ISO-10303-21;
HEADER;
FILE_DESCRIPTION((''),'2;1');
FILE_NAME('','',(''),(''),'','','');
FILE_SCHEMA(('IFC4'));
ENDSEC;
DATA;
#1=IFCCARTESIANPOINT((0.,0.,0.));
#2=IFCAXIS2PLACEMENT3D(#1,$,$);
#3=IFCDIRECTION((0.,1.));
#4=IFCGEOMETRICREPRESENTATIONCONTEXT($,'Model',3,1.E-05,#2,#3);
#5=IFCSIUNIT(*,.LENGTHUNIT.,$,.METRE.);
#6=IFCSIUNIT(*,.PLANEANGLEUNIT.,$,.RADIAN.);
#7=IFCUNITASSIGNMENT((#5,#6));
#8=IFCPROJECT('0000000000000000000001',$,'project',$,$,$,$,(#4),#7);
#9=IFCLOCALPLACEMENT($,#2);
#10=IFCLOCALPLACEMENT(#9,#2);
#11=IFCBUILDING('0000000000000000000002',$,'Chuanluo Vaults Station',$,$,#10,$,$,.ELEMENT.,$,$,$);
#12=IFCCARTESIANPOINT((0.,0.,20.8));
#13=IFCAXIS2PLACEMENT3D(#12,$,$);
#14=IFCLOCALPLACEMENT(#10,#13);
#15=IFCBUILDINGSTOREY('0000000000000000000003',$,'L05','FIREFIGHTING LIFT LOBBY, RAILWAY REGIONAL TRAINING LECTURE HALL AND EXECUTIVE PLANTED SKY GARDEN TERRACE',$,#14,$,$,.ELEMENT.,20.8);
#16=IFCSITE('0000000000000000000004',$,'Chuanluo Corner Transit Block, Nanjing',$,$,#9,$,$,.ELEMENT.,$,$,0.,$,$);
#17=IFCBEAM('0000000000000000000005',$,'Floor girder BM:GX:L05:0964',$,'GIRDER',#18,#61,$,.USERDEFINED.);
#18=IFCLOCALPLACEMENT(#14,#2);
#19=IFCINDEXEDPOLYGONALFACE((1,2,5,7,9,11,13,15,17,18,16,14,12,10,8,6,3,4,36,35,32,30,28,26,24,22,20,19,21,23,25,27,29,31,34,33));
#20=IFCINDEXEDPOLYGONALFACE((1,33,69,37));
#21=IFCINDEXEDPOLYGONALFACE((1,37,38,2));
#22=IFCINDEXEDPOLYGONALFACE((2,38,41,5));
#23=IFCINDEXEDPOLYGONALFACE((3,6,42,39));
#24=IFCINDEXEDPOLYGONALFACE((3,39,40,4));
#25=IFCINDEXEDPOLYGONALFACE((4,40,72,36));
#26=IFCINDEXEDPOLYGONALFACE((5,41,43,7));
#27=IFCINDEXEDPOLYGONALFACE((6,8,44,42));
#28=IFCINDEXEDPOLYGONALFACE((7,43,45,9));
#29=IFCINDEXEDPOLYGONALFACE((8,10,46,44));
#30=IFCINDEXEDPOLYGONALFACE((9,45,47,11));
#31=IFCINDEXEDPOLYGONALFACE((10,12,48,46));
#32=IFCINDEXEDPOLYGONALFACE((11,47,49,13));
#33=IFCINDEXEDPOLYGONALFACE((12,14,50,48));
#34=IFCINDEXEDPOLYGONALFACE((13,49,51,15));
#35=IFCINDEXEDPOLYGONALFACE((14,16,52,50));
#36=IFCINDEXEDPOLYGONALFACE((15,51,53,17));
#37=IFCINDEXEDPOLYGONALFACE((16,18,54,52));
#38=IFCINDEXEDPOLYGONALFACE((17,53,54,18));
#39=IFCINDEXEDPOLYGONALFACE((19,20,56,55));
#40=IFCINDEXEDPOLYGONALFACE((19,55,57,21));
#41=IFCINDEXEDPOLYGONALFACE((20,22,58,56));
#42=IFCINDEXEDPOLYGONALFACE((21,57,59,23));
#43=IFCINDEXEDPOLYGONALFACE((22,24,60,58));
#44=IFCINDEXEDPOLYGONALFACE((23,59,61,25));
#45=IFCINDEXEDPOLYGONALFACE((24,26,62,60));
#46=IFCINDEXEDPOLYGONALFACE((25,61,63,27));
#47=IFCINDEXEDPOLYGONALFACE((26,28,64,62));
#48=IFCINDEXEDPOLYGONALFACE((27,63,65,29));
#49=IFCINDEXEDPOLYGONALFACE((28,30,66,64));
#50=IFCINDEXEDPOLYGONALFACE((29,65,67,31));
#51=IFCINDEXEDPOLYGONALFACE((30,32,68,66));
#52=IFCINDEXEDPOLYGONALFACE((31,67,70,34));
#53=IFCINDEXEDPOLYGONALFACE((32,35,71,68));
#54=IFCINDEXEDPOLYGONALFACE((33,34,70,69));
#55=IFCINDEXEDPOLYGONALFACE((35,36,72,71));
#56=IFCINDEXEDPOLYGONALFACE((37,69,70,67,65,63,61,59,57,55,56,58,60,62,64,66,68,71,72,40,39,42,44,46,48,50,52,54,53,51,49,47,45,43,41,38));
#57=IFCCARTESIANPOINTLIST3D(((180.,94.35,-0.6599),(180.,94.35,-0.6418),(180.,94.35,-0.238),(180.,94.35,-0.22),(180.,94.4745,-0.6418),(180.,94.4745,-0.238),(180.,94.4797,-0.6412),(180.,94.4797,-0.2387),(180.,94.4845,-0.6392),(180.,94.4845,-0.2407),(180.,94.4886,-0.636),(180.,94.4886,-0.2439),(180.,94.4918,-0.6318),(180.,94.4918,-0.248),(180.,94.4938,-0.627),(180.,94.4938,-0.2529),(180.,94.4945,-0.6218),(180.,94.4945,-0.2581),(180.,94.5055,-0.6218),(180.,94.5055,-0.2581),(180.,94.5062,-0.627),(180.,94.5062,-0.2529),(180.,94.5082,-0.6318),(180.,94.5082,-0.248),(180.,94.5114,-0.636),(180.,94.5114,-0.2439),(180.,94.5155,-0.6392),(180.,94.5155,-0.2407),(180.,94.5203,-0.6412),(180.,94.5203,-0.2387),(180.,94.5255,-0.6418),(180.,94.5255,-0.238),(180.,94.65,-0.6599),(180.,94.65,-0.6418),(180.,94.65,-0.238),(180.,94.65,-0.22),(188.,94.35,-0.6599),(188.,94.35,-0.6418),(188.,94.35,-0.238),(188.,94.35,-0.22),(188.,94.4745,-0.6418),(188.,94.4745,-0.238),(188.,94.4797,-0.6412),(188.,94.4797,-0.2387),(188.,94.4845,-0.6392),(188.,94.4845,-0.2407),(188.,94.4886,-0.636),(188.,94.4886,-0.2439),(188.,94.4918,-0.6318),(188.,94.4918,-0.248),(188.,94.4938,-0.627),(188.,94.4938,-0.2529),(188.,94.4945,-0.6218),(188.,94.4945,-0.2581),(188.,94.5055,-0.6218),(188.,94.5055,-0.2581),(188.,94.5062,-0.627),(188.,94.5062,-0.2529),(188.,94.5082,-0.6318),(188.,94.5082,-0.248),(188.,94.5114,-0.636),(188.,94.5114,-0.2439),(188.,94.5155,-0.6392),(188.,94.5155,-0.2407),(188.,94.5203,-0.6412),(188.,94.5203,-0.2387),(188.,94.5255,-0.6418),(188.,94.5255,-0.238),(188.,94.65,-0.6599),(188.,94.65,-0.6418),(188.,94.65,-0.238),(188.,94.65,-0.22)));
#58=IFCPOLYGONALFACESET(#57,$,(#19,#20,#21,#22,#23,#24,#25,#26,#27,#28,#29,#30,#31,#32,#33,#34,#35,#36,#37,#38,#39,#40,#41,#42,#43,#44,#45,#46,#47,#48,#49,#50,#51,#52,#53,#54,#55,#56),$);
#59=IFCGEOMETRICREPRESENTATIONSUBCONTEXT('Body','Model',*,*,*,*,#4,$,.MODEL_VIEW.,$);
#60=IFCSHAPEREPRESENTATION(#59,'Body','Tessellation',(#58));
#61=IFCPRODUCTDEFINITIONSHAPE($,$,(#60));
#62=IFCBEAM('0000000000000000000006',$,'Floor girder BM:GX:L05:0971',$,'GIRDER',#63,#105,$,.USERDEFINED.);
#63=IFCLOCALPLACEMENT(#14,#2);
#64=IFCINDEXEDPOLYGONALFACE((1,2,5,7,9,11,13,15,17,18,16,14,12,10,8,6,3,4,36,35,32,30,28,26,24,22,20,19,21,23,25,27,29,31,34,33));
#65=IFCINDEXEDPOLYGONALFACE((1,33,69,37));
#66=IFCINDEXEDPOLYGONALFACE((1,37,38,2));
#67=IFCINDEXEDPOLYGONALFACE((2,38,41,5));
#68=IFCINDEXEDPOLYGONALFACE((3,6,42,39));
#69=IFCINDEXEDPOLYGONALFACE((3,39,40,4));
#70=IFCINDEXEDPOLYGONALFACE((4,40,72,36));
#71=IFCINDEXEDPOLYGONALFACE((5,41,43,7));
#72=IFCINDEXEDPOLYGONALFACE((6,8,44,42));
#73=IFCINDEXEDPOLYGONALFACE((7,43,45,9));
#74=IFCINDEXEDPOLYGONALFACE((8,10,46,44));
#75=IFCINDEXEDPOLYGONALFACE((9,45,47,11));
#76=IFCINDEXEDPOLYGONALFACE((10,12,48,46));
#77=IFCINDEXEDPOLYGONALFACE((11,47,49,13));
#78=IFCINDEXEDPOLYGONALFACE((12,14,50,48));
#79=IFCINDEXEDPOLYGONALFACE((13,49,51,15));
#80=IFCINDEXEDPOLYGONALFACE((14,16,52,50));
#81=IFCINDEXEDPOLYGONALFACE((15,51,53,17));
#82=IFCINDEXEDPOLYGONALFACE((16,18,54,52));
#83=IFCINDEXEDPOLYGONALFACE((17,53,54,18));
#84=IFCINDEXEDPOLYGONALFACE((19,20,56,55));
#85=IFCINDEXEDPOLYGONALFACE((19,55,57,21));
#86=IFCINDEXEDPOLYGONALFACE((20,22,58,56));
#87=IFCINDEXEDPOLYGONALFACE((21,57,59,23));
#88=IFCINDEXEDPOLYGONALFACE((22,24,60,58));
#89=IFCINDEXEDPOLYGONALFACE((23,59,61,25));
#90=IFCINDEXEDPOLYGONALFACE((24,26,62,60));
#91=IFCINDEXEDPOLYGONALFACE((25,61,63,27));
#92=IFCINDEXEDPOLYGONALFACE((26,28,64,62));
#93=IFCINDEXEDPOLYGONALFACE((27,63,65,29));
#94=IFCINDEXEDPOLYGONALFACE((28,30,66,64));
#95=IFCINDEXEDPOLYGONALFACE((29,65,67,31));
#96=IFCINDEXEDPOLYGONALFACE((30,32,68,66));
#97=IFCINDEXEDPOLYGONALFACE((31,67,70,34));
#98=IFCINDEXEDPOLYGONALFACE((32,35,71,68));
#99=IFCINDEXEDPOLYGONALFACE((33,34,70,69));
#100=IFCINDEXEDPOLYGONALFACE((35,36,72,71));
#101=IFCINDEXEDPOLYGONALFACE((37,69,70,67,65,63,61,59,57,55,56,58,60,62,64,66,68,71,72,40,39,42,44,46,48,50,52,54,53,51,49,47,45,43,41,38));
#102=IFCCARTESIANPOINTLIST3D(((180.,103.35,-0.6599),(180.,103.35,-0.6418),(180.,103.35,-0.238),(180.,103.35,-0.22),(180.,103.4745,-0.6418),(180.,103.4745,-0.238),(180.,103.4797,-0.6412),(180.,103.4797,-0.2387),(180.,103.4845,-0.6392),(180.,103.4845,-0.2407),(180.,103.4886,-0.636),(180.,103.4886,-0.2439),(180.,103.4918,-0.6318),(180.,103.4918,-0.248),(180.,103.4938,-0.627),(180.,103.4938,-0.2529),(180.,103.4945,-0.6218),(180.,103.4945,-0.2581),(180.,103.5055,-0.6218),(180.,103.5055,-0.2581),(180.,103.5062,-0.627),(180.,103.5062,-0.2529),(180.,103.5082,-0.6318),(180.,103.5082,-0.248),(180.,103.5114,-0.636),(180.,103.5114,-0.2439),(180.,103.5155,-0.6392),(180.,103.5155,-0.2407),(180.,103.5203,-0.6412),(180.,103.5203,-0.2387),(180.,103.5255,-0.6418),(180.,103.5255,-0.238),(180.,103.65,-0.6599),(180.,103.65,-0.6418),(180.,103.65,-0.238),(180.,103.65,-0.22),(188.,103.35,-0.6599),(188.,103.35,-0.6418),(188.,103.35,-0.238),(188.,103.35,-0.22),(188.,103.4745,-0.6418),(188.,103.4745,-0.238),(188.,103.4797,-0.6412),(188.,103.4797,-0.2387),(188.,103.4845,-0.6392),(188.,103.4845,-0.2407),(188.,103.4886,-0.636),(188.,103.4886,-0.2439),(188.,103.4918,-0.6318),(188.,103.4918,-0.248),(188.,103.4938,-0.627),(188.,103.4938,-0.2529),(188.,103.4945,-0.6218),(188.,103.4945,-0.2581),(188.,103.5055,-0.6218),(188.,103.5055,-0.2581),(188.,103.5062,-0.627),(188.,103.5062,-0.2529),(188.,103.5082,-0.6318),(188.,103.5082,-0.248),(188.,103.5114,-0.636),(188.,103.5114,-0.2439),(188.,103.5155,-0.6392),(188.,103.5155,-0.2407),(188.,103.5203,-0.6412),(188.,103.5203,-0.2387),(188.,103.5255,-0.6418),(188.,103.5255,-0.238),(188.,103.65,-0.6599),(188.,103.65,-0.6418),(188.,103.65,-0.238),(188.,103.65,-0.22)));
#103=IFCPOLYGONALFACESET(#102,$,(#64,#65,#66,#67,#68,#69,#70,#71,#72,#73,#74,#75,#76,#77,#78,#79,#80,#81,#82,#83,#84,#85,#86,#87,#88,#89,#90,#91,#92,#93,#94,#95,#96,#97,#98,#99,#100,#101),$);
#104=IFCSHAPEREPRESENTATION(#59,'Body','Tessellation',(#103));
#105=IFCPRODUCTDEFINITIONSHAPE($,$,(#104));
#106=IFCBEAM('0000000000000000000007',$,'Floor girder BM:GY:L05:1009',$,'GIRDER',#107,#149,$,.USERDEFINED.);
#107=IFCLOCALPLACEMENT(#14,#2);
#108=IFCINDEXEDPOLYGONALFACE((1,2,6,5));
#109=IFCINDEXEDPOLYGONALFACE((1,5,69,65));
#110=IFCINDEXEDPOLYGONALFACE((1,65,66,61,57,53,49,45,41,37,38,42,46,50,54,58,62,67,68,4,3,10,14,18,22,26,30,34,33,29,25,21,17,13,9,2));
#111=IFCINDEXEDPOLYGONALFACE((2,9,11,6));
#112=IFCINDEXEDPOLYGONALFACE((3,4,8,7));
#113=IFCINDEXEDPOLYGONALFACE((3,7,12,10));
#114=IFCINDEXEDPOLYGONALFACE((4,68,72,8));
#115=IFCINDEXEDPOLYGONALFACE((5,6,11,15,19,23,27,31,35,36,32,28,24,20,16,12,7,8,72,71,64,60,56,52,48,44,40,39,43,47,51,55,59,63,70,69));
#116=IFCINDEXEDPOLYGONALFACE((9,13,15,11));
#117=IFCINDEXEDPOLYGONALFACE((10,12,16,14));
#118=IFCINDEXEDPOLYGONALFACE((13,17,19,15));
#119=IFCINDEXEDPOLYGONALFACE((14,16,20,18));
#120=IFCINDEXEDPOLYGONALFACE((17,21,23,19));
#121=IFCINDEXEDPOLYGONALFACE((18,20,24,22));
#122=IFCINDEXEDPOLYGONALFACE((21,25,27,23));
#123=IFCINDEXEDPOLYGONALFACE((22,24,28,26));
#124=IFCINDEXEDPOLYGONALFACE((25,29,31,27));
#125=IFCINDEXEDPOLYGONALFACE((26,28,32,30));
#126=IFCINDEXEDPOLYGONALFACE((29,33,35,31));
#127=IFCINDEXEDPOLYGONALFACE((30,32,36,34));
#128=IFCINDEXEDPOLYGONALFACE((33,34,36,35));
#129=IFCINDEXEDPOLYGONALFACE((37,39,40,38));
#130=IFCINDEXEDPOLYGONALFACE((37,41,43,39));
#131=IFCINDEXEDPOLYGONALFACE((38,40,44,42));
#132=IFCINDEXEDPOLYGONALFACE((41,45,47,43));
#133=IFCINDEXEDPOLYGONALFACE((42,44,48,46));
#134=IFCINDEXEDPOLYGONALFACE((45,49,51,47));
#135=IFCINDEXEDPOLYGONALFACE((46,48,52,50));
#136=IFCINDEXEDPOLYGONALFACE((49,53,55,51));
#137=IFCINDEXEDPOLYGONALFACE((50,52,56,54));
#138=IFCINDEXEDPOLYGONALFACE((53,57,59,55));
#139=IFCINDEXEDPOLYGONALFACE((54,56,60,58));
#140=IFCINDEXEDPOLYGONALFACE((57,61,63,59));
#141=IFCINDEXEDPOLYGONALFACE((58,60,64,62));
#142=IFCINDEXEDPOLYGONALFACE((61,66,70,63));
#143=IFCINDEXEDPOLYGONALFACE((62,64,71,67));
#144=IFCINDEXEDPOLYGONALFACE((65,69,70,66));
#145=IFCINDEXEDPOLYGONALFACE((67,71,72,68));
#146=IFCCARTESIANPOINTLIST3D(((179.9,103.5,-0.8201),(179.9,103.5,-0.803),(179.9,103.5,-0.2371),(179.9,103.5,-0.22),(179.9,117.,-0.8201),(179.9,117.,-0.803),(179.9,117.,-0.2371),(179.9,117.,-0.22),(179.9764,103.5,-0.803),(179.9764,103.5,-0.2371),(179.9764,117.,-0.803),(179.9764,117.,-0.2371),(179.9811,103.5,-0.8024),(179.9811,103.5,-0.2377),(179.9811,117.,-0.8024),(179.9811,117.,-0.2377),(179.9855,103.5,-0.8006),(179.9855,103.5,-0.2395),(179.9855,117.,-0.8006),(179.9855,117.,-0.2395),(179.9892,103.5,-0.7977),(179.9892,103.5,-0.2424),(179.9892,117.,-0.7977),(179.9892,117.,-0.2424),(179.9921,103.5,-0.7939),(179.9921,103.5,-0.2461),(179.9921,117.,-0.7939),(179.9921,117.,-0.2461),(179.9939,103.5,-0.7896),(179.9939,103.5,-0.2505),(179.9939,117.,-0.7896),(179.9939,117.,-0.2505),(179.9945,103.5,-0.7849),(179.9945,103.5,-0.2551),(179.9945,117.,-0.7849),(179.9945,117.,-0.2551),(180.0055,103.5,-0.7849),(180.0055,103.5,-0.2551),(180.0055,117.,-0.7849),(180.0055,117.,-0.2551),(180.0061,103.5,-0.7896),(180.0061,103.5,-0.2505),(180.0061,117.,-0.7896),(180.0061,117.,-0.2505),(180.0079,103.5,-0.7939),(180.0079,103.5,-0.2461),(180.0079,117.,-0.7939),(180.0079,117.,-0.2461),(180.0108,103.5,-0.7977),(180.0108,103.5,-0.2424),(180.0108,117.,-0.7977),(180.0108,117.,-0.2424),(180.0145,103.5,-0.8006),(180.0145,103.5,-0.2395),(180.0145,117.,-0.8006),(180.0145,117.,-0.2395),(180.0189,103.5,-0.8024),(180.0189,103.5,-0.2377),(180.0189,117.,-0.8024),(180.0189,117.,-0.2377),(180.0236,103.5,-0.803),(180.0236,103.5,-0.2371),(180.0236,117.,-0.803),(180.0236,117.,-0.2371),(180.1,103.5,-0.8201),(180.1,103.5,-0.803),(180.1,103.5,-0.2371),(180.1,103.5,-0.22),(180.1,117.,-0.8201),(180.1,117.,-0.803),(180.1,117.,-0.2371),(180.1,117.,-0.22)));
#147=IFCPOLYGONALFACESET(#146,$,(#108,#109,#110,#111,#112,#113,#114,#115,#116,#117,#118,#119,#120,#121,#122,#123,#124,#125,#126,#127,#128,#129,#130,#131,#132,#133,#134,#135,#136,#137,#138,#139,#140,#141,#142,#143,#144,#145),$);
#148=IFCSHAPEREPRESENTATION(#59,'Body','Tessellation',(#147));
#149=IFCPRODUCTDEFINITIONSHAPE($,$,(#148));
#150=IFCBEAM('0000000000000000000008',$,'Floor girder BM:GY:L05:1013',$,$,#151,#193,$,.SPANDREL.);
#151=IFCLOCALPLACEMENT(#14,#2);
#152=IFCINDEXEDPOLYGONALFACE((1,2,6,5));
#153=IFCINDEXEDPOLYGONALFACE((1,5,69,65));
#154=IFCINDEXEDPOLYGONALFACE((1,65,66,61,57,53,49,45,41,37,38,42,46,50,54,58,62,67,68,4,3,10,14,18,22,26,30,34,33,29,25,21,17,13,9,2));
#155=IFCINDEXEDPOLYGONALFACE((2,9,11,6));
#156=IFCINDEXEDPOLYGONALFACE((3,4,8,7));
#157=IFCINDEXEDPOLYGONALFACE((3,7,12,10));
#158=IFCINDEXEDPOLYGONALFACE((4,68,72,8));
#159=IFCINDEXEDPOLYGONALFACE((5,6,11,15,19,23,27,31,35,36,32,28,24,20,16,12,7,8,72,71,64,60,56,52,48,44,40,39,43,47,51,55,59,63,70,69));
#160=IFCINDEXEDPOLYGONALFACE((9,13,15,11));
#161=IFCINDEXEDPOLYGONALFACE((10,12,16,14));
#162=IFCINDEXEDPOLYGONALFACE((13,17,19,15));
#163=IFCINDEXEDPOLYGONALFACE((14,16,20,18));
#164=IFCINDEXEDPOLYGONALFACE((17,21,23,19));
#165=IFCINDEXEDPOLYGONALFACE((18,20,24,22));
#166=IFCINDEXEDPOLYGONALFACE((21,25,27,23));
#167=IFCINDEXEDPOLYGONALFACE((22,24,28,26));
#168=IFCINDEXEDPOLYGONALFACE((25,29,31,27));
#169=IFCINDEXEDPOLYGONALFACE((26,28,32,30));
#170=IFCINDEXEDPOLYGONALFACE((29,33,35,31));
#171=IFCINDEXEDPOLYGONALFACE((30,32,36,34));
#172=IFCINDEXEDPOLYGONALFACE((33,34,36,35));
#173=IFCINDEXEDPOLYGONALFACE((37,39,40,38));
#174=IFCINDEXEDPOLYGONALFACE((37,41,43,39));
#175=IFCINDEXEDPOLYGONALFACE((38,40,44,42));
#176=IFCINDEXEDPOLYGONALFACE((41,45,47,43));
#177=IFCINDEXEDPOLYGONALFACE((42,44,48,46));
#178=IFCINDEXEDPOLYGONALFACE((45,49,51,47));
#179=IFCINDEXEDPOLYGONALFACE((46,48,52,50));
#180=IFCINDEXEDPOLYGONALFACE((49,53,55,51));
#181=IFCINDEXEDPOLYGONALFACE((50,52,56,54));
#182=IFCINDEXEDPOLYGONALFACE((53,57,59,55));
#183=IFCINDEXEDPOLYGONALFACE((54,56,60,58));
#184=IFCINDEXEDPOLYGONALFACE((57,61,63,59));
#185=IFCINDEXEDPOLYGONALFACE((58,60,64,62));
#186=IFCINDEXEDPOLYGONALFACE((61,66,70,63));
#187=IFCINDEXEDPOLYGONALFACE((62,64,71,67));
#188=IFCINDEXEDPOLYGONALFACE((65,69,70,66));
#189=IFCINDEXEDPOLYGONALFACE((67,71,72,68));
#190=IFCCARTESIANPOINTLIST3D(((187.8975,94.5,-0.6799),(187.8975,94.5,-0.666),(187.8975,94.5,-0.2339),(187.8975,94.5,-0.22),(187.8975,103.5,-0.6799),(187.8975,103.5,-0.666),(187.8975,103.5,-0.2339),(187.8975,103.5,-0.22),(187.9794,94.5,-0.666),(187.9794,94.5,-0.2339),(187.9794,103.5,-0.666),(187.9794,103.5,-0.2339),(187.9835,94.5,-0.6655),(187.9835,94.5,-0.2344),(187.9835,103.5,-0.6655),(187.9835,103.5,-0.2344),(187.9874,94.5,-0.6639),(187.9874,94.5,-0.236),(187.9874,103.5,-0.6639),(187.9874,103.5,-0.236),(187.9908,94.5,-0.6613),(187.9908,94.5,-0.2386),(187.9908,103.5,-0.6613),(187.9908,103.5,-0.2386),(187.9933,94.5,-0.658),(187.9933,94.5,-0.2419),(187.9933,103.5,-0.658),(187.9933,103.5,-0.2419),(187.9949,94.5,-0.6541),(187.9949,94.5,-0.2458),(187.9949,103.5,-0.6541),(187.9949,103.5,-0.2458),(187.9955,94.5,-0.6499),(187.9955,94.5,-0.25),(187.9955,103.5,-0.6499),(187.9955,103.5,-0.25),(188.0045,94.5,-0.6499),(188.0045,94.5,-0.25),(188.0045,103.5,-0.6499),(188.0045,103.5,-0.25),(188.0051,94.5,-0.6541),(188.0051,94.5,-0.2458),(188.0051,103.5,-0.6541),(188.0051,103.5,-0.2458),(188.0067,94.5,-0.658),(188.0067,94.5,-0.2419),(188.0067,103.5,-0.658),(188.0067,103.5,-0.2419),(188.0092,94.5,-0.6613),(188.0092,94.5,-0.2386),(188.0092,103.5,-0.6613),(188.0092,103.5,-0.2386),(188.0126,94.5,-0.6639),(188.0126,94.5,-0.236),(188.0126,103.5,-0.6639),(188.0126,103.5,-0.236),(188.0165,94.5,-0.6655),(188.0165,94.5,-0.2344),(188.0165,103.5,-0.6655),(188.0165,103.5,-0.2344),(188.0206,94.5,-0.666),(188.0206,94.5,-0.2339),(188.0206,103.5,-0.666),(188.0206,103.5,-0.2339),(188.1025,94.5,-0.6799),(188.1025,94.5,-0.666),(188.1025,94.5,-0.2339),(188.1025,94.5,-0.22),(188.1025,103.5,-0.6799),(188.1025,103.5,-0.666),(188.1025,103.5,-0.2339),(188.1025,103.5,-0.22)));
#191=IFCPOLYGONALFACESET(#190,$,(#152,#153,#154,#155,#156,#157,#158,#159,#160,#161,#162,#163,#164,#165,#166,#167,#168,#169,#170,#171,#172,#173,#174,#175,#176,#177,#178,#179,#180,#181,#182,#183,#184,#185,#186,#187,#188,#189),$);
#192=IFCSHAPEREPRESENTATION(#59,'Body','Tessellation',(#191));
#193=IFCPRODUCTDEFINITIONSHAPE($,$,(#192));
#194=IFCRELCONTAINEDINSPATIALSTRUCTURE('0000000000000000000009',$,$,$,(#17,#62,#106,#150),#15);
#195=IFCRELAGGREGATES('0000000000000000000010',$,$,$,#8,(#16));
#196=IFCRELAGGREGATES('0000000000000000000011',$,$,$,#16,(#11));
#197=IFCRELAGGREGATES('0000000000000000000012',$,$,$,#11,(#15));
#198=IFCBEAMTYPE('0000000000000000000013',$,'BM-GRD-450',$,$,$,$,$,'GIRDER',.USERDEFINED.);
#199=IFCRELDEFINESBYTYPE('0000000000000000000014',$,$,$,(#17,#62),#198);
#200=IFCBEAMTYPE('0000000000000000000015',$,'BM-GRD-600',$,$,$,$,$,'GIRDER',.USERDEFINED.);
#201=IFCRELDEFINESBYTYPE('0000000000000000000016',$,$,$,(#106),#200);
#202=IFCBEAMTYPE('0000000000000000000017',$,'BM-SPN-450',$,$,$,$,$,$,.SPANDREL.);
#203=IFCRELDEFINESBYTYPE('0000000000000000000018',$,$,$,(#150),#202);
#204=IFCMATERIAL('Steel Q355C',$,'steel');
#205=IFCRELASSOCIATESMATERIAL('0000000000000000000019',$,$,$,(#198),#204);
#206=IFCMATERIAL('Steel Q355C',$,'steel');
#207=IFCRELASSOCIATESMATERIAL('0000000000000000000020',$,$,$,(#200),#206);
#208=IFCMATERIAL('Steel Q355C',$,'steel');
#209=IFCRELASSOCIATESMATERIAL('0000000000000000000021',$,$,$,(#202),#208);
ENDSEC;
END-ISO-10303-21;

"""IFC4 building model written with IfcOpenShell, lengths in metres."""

from ifc_helpers import new_model, si_unit, direction, frame, origin, origin_2d, place, context, subcontext, project, spatial, i_section, extrude, material, material_profile, profile_set, type_object, element, save


model = new_model("IFC4")

# Units and contexts
model_context = context("Model", 3, precision=1e-05, world=origin(), true_north=direction((0.0, 1.0)))
body_context = subcontext(model_context, "Body", "Model", "MODEL_VIEW")
ifc_project = project(units=[si_unit("LENGTHUNIT", "METRE"), si_unit("PLANEANGLEUNIT", "RADIAN")], contexts=[model_context])

# Site, building, storey
site_placement = place(None, origin())
site = spatial("IfcSite", under=ifc_project, at=site_placement, Name="Chuanluo Corner Transit Block, Nanjing", CompositionType="ELEMENT", RefElevation=0.0)
building_placement = place(site_placement, origin())
building = spatial("IfcBuilding", under=site, at=building_placement, Name="Chuanluo Vaults Station", CompositionType="ELEMENT")
storey_placement = place(building_placement, frame((0.0, 0.0, 20.8)))
storey = spatial("IfcBuildingStorey", under=building, at=storey_placement, Name="L05", Description="FIREFIGHTING LIFT LOBBY, RAILWAY REGIONAL TRAINING LECTURE HALL AND EXECUTIVE PLANTED SKY GARDEN TERRACE", CompositionType="ELEMENT", Elevation=20.8)

# Beams
ifc_material_1 = material(Name="Steel Q355C", Category="steel")
ifc_material_profile_1 = material_profile(ifc_material_1, i_section(OverallWidth=0.3, OverallDepth=0.4399, WebThickness=0.011, FlangeThickness=0.0181, FilletRadius=0.02, at=origin_2d()))
ifc_profile_set_1 = profile_set([ifc_material_profile_1], Name="Steel Q355C")
beam_type_1 = type_object("IfcBeamType", Name="BM-GRD-450", ElementType="GIRDER", PredefinedType="USERDEFINED", material=ifc_profile_set_1)
for number, where, z_axis, x_axis, name in (
    (1, (180.0, 94.5, -0.4399), (1.0, 0.0, 0.0), (0.0, 1.0, 0.0), "Floor girder BM:GX:L05:0964"),
    (2, (180.0, 103.5, -0.4399), (1.0, 0.0, 0.0), (0.0, 1.0, 0.0), "Floor girder BM:GX:L05:0971"),
):
    element("IfcBeam", number, at=place(storey_placement, frame(where, z_axis=z_axis, x_axis=x_axis)), inside=storey, type_object=beam_type_1, Name=name, ObjectType="GIRDER", PredefinedType="USERDEFINED", context=body_context, shape_type="SweptSolid", body=[
        extrude(i_section(OverallWidth=0.3, OverallDepth=0.4399, WebThickness=0.011, FlangeThickness=0.0181, FilletRadius=0.02, at=origin_2d()), origin(), (0.0, 0.0, 1.0), 8.0),
    ])
ifc_material_2 = material(Name="Steel Q355C", Category="steel")
ifc_material_profile_2 = material_profile(ifc_material_2, i_section(OverallWidth=0.2, OverallDepth=0.6001, WebThickness=0.011, FlangeThickness=0.0171, FilletRadius=0.0181, at=origin_2d()))
ifc_profile_set_2 = profile_set([ifc_material_profile_2], Name="Steel Q355C")
beam_type_2 = type_object("IfcBeamType", Name="BM-GRD-600", ElementType="GIRDER", PredefinedType="USERDEFINED", material=ifc_profile_set_2)
beam_1_placement = place(storey_placement, frame((180.0, 103.5, -0.52), z_axis=(0.0, 1.0, 0.0), x_axis=(-1.0, 0.0, 0.0)))
element("IfcBeam", 3, at=beam_1_placement, inside=storey, type_object=beam_type_2, Name="Floor girder BM:GY:L05:1009", ObjectType="GIRDER", PredefinedType="USERDEFINED", context=body_context, shape_type="SweptSolid", body=[
    extrude(i_section(OverallWidth=0.2, OverallDepth=0.6001, WebThickness=0.011, FlangeThickness=0.0171, FilletRadius=0.0181, at=origin_2d()), origin(), (0.0, 0.0, 1.0), 13.5),
])
ifc_material_3 = material(Name="Steel Q355C", Category="steel")
ifc_material_profile_3 = material_profile(ifc_material_3, i_section(OverallWidth=0.2051, OverallDepth=0.46, WebThickness=0.009, FlangeThickness=0.0139, FilletRadius=0.0161, at=origin_2d()))
ifc_profile_set_3 = profile_set([ifc_material_profile_3], Name="Steel Q355C")
beam_type_3 = type_object("IfcBeamType", Name="BM-SPN-450", PredefinedType="SPANDREL", material=ifc_profile_set_3)
beam_2_placement = place(storey_placement, frame((188.0, 94.5, -0.45), z_axis=(0.0, 1.0, 0.0), x_axis=(-1.0, 0.0, 0.0)))
element("IfcBeam", 4, at=beam_2_placement, inside=storey, type_object=beam_type_3, Name="Floor girder BM:GY:L05:1013", PredefinedType="SPANDREL", context=body_context, shape_type="SweptSolid", body=[
    extrude(i_section(OverallWidth=0.2051, OverallDepth=0.46, WebThickness=0.009, FlangeThickness=0.0139, FilletRadius=0.0161, at=origin_2d()), origin(), (0.0, 0.0, 1.0), 9.0),
])

save(model, "model.ifc")
